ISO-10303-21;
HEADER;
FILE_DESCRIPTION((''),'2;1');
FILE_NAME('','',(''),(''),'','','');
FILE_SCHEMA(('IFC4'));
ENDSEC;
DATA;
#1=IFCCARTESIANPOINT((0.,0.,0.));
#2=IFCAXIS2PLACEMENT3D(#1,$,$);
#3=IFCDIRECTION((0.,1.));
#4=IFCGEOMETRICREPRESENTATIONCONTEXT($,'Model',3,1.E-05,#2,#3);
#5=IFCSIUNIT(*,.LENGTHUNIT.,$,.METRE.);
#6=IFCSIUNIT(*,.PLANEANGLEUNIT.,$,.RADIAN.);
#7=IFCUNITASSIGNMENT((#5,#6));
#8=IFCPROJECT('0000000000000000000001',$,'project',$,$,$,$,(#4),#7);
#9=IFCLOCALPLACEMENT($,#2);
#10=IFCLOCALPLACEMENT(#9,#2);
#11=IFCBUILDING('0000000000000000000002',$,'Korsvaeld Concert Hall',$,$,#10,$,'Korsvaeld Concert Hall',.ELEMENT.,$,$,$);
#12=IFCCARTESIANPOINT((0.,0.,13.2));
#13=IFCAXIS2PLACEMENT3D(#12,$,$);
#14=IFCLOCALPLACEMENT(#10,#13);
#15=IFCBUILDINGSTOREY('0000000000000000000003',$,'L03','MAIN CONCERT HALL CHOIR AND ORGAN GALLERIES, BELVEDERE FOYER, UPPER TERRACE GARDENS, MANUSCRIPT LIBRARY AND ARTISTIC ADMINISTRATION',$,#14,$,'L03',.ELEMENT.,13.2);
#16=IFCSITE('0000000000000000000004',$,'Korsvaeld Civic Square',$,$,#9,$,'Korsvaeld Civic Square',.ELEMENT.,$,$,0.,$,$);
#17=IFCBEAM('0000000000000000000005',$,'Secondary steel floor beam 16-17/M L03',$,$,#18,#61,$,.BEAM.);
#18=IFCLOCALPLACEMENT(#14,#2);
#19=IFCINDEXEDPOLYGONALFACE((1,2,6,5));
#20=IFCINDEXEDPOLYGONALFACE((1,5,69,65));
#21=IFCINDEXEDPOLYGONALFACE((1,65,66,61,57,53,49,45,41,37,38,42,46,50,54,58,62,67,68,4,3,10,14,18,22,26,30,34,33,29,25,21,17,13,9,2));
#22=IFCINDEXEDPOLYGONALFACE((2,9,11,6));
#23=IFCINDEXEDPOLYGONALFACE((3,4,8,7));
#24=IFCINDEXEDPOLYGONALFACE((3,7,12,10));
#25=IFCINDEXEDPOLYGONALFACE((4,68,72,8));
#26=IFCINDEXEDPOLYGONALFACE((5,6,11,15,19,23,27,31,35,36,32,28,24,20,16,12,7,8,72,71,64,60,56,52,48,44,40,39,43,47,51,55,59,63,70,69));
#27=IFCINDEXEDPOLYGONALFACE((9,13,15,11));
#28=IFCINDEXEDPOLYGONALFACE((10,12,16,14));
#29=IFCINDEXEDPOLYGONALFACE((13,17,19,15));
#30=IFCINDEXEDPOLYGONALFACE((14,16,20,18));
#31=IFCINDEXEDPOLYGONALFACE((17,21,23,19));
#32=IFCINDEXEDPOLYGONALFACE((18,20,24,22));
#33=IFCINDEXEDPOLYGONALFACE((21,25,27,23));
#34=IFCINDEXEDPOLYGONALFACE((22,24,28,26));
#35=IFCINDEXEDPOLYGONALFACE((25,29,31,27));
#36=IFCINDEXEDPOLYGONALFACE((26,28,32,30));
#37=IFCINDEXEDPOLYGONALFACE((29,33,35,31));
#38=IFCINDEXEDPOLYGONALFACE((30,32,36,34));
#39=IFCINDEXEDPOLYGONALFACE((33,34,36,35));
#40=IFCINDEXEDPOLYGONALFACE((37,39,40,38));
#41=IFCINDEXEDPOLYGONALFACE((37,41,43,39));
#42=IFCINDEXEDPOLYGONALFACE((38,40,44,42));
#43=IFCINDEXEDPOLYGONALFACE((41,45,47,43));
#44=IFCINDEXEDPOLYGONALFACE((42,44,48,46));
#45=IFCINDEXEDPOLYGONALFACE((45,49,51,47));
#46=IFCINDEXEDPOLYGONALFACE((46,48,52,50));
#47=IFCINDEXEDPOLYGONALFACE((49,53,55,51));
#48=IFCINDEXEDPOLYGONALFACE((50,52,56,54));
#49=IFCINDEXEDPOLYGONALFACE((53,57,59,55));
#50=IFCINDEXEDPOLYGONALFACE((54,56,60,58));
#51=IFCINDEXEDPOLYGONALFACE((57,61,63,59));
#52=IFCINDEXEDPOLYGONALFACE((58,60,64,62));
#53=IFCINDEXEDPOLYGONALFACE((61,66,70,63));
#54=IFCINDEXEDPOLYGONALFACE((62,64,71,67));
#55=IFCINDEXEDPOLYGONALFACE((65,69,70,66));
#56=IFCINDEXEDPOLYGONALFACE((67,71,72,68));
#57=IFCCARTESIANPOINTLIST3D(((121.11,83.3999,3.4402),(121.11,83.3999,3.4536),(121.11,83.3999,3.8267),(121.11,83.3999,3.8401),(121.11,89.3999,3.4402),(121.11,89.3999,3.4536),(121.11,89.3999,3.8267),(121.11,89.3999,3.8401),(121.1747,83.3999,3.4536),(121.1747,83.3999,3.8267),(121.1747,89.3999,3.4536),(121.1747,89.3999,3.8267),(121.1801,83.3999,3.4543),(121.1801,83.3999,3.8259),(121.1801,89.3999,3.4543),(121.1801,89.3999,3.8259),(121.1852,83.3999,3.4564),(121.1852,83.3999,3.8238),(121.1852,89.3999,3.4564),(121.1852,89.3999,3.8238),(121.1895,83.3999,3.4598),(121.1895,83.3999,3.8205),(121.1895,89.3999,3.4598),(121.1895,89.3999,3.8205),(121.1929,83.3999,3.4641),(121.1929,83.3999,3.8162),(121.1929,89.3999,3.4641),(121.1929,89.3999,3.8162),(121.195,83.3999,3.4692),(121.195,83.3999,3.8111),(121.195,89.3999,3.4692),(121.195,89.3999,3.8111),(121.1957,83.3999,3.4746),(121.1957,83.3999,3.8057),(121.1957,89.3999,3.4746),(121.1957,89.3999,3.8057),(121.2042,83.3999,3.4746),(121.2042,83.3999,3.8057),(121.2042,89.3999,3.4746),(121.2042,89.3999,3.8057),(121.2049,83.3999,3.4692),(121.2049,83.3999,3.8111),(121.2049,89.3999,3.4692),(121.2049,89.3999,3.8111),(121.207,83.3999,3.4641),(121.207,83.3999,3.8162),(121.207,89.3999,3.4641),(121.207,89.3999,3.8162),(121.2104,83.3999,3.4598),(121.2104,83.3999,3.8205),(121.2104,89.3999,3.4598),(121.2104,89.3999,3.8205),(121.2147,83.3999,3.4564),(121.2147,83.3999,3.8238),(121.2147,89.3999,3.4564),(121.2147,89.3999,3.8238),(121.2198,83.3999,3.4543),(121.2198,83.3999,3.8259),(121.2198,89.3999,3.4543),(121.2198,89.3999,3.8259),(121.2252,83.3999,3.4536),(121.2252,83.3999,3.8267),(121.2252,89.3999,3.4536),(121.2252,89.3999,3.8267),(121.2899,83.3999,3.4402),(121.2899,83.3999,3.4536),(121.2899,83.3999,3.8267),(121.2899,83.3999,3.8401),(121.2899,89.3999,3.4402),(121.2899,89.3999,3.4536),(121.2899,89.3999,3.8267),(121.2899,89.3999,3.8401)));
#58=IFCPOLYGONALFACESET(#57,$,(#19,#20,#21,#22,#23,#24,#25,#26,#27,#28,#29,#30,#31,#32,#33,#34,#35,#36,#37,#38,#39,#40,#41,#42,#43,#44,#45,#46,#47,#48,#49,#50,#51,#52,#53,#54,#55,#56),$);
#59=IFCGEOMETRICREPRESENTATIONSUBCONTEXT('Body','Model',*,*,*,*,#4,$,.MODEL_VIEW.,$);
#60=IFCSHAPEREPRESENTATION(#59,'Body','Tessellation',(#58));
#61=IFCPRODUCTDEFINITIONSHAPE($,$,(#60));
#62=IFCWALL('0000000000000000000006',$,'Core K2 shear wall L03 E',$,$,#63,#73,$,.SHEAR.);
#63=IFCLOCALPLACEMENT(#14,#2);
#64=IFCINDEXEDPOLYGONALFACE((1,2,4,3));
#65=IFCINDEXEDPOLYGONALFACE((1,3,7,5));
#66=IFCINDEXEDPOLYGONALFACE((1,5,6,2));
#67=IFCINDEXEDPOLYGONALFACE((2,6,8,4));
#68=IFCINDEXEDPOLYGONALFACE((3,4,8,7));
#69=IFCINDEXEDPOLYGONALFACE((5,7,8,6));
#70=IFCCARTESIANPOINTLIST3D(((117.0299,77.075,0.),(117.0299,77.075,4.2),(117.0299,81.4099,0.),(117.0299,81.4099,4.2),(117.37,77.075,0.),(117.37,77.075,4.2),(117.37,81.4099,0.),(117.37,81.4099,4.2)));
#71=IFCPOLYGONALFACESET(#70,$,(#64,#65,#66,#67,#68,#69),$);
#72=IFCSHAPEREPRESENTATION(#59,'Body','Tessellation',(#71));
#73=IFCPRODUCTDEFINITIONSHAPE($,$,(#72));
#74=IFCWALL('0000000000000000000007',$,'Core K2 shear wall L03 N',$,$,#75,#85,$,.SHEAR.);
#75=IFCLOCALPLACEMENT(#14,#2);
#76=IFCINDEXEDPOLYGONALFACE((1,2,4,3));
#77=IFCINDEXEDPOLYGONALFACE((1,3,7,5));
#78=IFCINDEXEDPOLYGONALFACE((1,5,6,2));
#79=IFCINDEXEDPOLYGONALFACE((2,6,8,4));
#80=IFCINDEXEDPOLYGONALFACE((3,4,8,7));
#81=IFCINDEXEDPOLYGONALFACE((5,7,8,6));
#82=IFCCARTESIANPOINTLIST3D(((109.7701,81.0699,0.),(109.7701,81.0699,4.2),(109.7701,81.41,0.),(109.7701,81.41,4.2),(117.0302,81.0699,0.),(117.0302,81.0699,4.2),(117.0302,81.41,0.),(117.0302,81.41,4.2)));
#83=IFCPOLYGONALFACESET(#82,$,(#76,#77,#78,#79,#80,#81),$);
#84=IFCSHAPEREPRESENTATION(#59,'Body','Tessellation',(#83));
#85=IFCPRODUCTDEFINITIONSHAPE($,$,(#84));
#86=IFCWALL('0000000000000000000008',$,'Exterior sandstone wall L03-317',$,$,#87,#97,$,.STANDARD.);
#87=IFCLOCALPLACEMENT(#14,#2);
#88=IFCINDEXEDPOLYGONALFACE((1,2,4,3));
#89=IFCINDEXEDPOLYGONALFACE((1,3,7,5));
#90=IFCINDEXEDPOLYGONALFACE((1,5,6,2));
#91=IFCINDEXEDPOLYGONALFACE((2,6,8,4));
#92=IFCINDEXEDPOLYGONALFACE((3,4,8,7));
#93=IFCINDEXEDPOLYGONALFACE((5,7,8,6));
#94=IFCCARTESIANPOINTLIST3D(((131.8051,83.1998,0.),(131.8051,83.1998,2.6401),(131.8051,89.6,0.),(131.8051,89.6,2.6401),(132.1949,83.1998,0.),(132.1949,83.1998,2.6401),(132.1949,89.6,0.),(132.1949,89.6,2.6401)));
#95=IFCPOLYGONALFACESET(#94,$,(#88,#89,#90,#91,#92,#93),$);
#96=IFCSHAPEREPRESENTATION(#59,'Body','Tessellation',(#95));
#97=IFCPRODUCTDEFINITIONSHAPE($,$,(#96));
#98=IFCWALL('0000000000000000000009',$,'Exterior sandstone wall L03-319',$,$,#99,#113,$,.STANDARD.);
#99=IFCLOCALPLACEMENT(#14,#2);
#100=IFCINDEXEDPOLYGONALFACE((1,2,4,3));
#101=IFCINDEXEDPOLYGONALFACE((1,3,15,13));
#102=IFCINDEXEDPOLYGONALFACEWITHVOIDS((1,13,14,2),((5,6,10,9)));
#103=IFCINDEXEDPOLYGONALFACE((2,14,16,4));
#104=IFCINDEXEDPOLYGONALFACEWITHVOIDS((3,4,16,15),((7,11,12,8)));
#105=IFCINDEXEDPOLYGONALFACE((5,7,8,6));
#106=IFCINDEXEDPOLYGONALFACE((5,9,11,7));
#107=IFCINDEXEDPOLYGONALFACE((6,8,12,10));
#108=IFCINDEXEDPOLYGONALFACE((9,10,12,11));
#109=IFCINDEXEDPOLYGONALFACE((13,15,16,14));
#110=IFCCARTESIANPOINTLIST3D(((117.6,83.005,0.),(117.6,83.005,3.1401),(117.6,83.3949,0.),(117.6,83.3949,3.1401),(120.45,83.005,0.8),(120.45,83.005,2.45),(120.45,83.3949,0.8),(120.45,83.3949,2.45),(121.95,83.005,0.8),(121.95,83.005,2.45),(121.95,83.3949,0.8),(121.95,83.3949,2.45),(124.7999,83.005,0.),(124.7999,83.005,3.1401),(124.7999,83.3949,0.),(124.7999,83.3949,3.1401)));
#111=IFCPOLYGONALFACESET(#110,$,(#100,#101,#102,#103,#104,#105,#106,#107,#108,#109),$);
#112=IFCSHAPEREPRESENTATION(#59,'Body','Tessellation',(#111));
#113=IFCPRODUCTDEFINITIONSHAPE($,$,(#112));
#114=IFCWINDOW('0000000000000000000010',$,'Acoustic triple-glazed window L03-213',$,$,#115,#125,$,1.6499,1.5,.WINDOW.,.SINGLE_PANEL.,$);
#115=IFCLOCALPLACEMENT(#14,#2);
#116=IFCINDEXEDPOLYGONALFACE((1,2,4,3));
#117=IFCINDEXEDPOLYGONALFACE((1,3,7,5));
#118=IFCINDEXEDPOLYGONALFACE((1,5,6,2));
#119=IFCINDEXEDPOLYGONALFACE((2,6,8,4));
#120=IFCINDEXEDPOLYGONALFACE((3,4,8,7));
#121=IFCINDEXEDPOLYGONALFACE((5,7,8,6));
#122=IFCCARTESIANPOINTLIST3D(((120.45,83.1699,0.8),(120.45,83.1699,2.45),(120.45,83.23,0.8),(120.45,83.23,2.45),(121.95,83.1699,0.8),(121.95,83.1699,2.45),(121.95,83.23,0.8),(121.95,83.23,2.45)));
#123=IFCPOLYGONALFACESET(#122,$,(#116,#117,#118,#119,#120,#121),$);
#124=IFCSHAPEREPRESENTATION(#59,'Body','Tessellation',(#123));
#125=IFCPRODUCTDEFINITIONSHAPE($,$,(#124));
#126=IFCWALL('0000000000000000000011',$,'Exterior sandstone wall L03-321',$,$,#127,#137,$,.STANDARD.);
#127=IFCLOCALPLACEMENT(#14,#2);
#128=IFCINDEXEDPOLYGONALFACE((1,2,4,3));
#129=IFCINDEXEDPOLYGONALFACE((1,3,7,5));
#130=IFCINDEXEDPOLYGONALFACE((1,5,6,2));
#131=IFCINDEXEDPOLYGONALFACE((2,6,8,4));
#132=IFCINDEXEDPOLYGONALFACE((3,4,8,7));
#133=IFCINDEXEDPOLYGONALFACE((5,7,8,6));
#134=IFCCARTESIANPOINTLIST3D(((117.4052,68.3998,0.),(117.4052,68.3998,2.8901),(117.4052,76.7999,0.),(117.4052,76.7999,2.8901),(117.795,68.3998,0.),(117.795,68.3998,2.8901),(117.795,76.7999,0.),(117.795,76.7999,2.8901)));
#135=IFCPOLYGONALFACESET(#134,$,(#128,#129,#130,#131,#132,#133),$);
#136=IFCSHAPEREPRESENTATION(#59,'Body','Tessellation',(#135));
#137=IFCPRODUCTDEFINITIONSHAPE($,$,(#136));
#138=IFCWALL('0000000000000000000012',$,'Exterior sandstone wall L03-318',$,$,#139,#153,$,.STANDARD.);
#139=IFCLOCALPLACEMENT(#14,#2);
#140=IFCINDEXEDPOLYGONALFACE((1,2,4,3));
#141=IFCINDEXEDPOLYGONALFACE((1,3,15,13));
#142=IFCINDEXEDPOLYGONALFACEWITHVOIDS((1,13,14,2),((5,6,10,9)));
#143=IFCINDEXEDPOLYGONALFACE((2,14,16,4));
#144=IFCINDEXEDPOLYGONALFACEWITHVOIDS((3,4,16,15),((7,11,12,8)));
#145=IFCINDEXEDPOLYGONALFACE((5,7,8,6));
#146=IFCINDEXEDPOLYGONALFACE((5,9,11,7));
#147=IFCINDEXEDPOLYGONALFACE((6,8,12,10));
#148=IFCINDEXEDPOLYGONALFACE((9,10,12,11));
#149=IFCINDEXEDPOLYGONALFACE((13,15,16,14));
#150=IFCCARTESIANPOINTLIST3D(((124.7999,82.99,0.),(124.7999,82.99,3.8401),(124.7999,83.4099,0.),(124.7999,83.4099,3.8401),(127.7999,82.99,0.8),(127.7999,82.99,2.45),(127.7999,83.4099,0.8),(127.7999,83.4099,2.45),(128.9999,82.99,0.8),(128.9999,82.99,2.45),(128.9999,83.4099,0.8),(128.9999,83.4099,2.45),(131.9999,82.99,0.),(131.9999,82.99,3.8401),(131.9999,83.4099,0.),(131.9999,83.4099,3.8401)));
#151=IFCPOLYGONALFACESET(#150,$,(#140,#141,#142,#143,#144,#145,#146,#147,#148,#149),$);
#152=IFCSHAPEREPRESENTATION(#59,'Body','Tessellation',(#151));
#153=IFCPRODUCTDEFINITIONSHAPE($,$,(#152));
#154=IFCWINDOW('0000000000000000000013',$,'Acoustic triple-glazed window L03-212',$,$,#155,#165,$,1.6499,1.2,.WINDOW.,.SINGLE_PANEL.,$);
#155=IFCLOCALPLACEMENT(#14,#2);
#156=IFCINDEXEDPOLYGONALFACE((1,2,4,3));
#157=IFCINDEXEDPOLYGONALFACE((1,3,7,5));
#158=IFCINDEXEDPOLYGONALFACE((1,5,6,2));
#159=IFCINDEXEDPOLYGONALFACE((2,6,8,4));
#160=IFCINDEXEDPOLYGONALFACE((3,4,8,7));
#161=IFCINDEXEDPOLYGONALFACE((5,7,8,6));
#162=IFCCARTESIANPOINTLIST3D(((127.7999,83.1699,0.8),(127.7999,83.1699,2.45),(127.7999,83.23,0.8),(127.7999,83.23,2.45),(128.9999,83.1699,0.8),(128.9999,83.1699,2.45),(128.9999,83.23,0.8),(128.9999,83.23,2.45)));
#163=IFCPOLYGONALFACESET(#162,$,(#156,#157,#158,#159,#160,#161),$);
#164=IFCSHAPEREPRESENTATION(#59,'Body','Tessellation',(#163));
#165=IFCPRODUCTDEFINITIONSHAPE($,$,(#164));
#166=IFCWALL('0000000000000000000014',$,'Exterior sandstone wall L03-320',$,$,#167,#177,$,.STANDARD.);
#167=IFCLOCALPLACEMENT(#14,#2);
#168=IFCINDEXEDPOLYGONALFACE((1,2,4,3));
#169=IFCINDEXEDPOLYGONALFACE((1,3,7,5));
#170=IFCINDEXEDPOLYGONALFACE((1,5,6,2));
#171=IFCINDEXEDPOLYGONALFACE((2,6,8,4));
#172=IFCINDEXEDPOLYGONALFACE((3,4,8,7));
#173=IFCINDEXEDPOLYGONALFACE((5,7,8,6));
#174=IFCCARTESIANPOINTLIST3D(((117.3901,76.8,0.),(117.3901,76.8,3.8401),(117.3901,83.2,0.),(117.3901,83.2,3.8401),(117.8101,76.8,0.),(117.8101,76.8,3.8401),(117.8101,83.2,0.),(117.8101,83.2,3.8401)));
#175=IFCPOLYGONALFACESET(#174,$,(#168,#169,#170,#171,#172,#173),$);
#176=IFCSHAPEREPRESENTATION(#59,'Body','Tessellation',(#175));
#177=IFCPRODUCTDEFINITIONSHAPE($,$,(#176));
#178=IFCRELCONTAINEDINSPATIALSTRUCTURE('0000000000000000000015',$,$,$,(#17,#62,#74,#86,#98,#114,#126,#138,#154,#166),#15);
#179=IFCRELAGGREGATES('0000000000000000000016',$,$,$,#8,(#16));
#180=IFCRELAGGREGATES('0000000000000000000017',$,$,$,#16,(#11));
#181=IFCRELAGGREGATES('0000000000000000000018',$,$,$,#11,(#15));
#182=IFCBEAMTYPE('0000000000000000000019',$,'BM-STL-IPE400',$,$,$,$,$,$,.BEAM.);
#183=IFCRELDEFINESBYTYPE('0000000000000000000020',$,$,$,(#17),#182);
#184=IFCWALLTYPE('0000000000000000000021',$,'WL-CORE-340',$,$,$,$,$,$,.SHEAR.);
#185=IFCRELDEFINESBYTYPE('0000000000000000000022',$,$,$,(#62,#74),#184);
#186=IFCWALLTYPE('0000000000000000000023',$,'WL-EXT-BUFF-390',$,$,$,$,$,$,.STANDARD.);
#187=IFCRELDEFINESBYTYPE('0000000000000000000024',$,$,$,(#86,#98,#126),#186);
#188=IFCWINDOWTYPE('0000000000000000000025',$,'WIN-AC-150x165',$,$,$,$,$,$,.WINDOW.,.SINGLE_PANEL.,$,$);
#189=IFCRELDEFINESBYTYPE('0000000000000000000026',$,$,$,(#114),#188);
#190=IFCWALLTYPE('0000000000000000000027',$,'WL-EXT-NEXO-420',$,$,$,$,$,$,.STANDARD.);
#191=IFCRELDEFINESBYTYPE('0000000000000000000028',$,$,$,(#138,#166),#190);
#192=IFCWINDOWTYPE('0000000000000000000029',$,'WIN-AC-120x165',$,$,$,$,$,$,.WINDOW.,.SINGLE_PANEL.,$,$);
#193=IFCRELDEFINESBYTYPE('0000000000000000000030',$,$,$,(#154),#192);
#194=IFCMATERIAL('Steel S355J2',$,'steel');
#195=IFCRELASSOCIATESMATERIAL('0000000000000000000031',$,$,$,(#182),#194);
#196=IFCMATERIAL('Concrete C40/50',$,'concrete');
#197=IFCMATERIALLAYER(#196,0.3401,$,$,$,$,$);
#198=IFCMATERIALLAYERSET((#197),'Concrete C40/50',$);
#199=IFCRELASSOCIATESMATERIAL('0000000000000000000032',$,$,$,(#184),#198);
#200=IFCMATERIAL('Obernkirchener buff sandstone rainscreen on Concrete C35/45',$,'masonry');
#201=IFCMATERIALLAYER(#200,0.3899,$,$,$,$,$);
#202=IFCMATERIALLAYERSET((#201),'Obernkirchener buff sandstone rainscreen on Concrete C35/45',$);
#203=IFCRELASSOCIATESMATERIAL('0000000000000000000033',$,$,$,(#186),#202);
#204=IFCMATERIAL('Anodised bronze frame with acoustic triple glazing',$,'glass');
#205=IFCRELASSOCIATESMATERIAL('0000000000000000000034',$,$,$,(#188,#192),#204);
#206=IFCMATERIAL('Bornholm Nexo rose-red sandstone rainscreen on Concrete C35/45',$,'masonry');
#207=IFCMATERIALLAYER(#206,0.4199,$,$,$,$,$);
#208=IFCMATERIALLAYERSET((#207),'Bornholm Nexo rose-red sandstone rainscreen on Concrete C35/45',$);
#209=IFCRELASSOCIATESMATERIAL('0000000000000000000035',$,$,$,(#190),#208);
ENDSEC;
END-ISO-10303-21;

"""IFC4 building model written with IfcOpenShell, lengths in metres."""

from ifc_helpers import new_model, si_unit, direction, frame, frame_2d, origin, origin_2d, place, context, subcontext, project, spatial, rectangle, i_section, extrude, material, layer, layer_set, material_profile, profile_set, type_object, element, fill, save


model = new_model("IFC4")

# Units and contexts
model_context = context("Model", 3, precision=1e-05, world=origin(), true_north=direction((0.0, 1.0)))
body_context = subcontext(model_context, "Body", "Model", "MODEL_VIEW")
ifc_project = project(units=[si_unit("LENGTHUNIT", "METRE"), si_unit("PLANEANGLEUNIT", "RADIAN")], contexts=[model_context])

# Site, building, storey
site_placement = place(None, origin())
site = spatial("IfcSite", under=ifc_project, at=site_placement, Name="Korsvaeld Civic Square", LongName="Korsvaeld Civic Square", CompositionType="ELEMENT", RefElevation=0.0)
building_placement = place(site_placement, origin())
building = spatial("IfcBuilding", under=site, at=building_placement, Name="Korsvaeld Concert Hall", LongName="Korsvaeld Concert Hall", CompositionType="ELEMENT")
storey_placement = place(building_placement, frame((0.0, 0.0, 13.2)))
storey = spatial("IfcBuildingStorey", under=building, at=storey_placement, Name="L03", Description="MAIN CONCERT HALL CHOIR AND ORGAN GALLERIES, BELVEDERE FOYER, UPPER TERRACE GARDENS, MANUSCRIPT LIBRARY AND ARTISTIC ADMINISTRATION", LongName="L03", CompositionType="ELEMENT", Elevation=13.2)

# Shared definitions
ifc_material_1 = material(Name="Concrete C40/50", Category="concrete")

# Beam
ifc_material_2 = material(Name="Steel S355J2", Category="steel")
ifc_material_profile_1 = material_profile(ifc_material_2, i_section(OverallWidth=0.1799, OverallDepth=0.3999, WebThickness=0.0085, FlangeThickness=0.0134, FilletRadius=0.021, at=origin_2d()), Name="IPE 400")
ifc_profile_set_1 = profile_set([ifc_material_profile_1], Name="Steel S355J2")
beam_type_1 = type_object("IfcBeamType", Name="BM-STL-IPE400", PredefinedType="BEAM", material=ifc_profile_set_1)
beam_1_placement = place(storey_placement, frame((121.2, 83.3999, 3.6401), z_axis=(0.0, 1.0, 0.0), x_axis=(-1.0, 0.0, 0.0)))
element("IfcBeam", 1, at=beam_1_placement, inside=storey, type_object=beam_type_1, Name="Secondary steel floor beam 16-17/M L03", PredefinedType="BEAM", context=body_context, shape_type="SweptSolid", body=[
    extrude(i_section(OverallWidth=0.1799, OverallDepth=0.3999, WebThickness=0.0085, FlangeThickness=0.0134, FilletRadius=0.021, at=origin_2d()), origin(), (0.0, 0.0, 1.0), 6.0),
])

# Walls
ifc_layer_1 = layer(ifc_material_1, 0.3401)
ifc_layer_set_1 = layer_set([ifc_layer_1], Name="Concrete C40/50")
wall_type_1 = type_object("IfcWallType", Name="WL-CORE-340", PredefinedType="SHEAR", material=ifc_layer_set_1)
wall_1_placement = place(storey_placement, frame((117.2, 77.075, 0.0), z_axis=(0.0, 0.0, 1.0), x_axis=(0.0, 1.0, 0.0)))
element("IfcWall", 2, at=wall_1_placement, inside=storey, type_object=wall_type_1, Name="Core K2 shear wall L03 E", PredefinedType="SHEAR", context=body_context, shape_type="SweptSolid", body=[
    extrude(rectangle(XDim=4.335, YDim=0.3401, at=frame_2d((2.1675, 0.0))), origin(), (0.0, 0.0, 1.0), 4.2),
])
wall_2_placement = place(storey_placement, frame((117.03, 81.24, 0.0), z_axis=(0.0, 0.0, 1.0), x_axis=(-1.0, 0.0, 0.0)))
element("IfcWall", 3, at=wall_2_placement, inside=storey, type_object=wall_type_1, Name="Core K2 shear wall L03 N", PredefinedType="SHEAR", context=body_context, shape_type="SweptSolid", body=[
    extrude(rectangle(XDim=7.26, YDim=0.3401, at=frame_2d((3.6299, 0.0))), origin(), (0.0, 0.0, 1.0), 4.2),
])
ifc_material_3 = material(Name="Obernkirchener buff sandstone rainscreen on Concrete C35/45", Category="masonry")
ifc_layer_2 = layer(ifc_material_3, 0.3899)
ifc_layer_set_2 = layer_set([ifc_layer_2], Name="Obernkirchener buff sandstone rainscreen on Concrete C35/45")
wall_type_2 = type_object("IfcWallType", Name="WL-EXT-BUFF-390", PredefinedType="STANDARD", material=ifc_layer_set_2)
wall_3_placement = place(storey_placement, frame((132.0, 89.6001, 0.0), z_axis=(0.0, 0.0, 1.0), x_axis=(0.0, -1.0, 0.0)))
element("IfcWall", 4, at=wall_3_placement, inside=storey, type_object=wall_type_2, Name="Exterior sandstone wall L03-317", PredefinedType="STANDARD", context=body_context, shape_type="SweptSolid", body=[
    extrude(rectangle(XDim=6.4001, YDim=0.3899, at=frame_2d((3.2002, 0.0))), origin(), (0.0, 0.0, 1.0), 2.6401),
])

# Wall, opening, window
wall_4_placement = place(storey_placement, frame((124.8, 83.2, 0.0), z_axis=(0.0, 0.0, 1.0), x_axis=(-1.0, 0.0, 0.0)))
wall_4 = element("IfcWall", 5, at=wall_4_placement, inside=storey, type_object=wall_type_2, Name="Exterior sandstone wall L03-319", PredefinedType="STANDARD", context=body_context, shape_type="SweptSolid", body=[
    extrude(rectangle(XDim=7.2, YDim=0.3899, at=frame_2d((3.6001, 0.0))), origin(), (0.0, 0.0, 1.0), 3.1401),
])
opening_1_placement = place(wall_4_placement, frame((2.8501, 0.0, 0.8)))
opening_1 = element("IfcOpeningElement", 6, at=opening_1_placement, cuts=wall_4, PredefinedType="OPENING", context=body_context, shape_type="SweptSolid", body=[
    extrude(rectangle(XDim=1.5, YDim=1.6499, at=frame_2d((0.75, 0.825))), frame((0.0, 0.2051, 0.0), z_axis=(0.0, -1.0, 0.0), x_axis=(1.0, 0.0, 0.0)), (0.0, 0.0, 1.0), 0.4099),
])
ifc_material_4 = material(Name="Anodised bronze frame with acoustic triple glazing", Category="glass")
window_type_1 = type_object("IfcWindowType", Name="WIN-AC-150x165", PartitioningType="SINGLE_PANEL", PredefinedType="WINDOW", material=ifc_material_4)
window_1_placement = place(opening_1_placement, origin())
window_1 = element("IfcWindow", 7, at=window_1_placement, inside=storey, type_object=window_type_1, Name="Acoustic triple-glazed window L03-213", OverallHeight=1.6499, OverallWidth=1.5, PartitioningType="SINGLE_PANEL", PredefinedType="WINDOW", context=body_context, shape_type="SweptSolid", body=[
    extrude(rectangle(XDim=1.5, YDim=1.6499, at=frame_2d((0.75, 0.825))), frame((0.0, 0.03, 0.0), z_axis=(0.0, -1.0, 0.0), x_axis=(1.0, 0.0, 0.0)), (0.0, 0.0, 1.0), 0.0601),
])
fill(opening_1, window_1)

# Wall
wall_5_placement = place(storey_placement, frame((117.6001, 76.8, 0.0), z_axis=(0.0, 0.0, 1.0), x_axis=(0.0, -1.0, 0.0)))
element("IfcWall", 8, at=wall_5_placement, inside=storey, type_object=wall_type_2, Name="Exterior sandstone wall L03-321", PredefinedType="STANDARD", context=body_context, shape_type="SweptSolid", body=[
    extrude(rectangle(XDim=8.4001, YDim=0.3899, at=frame_2d((4.2002, 0.0))), origin(), (0.0, 0.0, 1.0), 2.8901),
])

# Wall, opening, window
ifc_material_5 = material(Name="Bornholm Nexo rose-red sandstone rainscreen on Concrete C35/45", Category="masonry")
ifc_layer_3 = layer(ifc_material_5, 0.4199)
ifc_layer_set_3 = layer_set([ifc_layer_3], Name="Bornholm Nexo rose-red sandstone rainscreen on Concrete C35/45")
wall_type_3 = type_object("IfcWallType", Name="WL-EXT-NEXO-420", PredefinedType="STANDARD", material=ifc_layer_set_3)
wall_6_placement = place(storey_placement, frame((132.0, 83.2, 0.0), z_axis=(0.0, 0.0, 1.0), x_axis=(-1.0, 0.0, 0.0)))
wall_6 = element("IfcWall", 9, at=wall_6_placement, inside=storey, type_object=wall_type_3, Name="Exterior sandstone wall L03-318", PredefinedType="STANDARD", context=body_context, shape_type="SweptSolid", body=[
    extrude(rectangle(XDim=7.2, YDim=0.4199, at=frame_2d((3.6001, 0.0))), origin(), (0.0, 0.0, 1.0), 3.8401),
])
opening_2_placement = place(wall_6_placement, frame((3.0, 0.0, 0.8)))
opening_2 = element("IfcOpeningElement", 10, at=opening_2_placement, cuts=wall_6, PredefinedType="OPENING", context=body_context, shape_type="SweptSolid", body=[
    extrude(rectangle(XDim=1.2, YDim=1.6499, at=frame_2d((0.6001, 0.825))), frame((0.0, 0.22, 0.0), z_axis=(0.0, -1.0, 0.0), x_axis=(1.0, 0.0, 0.0)), (0.0, 0.0, 1.0), 0.4399),
])
window_type_2 = type_object("IfcWindowType", Name="WIN-AC-120x165", PartitioningType="SINGLE_PANEL", PredefinedType="WINDOW", material=ifc_material_4)
window_2_placement = place(opening_2_placement, origin())
window_2 = element("IfcWindow", 11, at=window_2_placement, inside=storey, type_object=window_type_2, Name="Acoustic triple-glazed window L03-212", OverallHeight=1.6499, OverallWidth=1.2, PartitioningType="SINGLE_PANEL", PredefinedType="WINDOW", context=body_context, shape_type="SweptSolid", body=[
    extrude(rectangle(XDim=1.2, YDim=1.6499, at=frame_2d((0.6001, 0.825))), frame((0.0, 0.03, 0.0), z_axis=(0.0, -1.0, 0.0), x_axis=(1.0, 0.0, 0.0)), (0.0, 0.0, 1.0), 0.0601),
])
fill(opening_2, window_2)

# Wall
wall_7_placement = place(storey_placement, frame((117.6001, 83.2, 0.0), z_axis=(0.0, 0.0, 1.0), x_axis=(0.0, -1.0, 0.0)))
element("IfcWall", 12, at=wall_7_placement, inside=storey, type_object=wall_type_3, Name="Exterior sandstone wall L03-320", PredefinedType="STANDARD", context=body_context, shape_type="SweptSolid", body=[
    extrude(rectangle(XDim=6.3999, YDim=0.4199, at=frame_2d((3.2, 0.0))), origin(), (0.0, 0.0, 1.0), 3.8401),
])

save(model, "model.ifc")
